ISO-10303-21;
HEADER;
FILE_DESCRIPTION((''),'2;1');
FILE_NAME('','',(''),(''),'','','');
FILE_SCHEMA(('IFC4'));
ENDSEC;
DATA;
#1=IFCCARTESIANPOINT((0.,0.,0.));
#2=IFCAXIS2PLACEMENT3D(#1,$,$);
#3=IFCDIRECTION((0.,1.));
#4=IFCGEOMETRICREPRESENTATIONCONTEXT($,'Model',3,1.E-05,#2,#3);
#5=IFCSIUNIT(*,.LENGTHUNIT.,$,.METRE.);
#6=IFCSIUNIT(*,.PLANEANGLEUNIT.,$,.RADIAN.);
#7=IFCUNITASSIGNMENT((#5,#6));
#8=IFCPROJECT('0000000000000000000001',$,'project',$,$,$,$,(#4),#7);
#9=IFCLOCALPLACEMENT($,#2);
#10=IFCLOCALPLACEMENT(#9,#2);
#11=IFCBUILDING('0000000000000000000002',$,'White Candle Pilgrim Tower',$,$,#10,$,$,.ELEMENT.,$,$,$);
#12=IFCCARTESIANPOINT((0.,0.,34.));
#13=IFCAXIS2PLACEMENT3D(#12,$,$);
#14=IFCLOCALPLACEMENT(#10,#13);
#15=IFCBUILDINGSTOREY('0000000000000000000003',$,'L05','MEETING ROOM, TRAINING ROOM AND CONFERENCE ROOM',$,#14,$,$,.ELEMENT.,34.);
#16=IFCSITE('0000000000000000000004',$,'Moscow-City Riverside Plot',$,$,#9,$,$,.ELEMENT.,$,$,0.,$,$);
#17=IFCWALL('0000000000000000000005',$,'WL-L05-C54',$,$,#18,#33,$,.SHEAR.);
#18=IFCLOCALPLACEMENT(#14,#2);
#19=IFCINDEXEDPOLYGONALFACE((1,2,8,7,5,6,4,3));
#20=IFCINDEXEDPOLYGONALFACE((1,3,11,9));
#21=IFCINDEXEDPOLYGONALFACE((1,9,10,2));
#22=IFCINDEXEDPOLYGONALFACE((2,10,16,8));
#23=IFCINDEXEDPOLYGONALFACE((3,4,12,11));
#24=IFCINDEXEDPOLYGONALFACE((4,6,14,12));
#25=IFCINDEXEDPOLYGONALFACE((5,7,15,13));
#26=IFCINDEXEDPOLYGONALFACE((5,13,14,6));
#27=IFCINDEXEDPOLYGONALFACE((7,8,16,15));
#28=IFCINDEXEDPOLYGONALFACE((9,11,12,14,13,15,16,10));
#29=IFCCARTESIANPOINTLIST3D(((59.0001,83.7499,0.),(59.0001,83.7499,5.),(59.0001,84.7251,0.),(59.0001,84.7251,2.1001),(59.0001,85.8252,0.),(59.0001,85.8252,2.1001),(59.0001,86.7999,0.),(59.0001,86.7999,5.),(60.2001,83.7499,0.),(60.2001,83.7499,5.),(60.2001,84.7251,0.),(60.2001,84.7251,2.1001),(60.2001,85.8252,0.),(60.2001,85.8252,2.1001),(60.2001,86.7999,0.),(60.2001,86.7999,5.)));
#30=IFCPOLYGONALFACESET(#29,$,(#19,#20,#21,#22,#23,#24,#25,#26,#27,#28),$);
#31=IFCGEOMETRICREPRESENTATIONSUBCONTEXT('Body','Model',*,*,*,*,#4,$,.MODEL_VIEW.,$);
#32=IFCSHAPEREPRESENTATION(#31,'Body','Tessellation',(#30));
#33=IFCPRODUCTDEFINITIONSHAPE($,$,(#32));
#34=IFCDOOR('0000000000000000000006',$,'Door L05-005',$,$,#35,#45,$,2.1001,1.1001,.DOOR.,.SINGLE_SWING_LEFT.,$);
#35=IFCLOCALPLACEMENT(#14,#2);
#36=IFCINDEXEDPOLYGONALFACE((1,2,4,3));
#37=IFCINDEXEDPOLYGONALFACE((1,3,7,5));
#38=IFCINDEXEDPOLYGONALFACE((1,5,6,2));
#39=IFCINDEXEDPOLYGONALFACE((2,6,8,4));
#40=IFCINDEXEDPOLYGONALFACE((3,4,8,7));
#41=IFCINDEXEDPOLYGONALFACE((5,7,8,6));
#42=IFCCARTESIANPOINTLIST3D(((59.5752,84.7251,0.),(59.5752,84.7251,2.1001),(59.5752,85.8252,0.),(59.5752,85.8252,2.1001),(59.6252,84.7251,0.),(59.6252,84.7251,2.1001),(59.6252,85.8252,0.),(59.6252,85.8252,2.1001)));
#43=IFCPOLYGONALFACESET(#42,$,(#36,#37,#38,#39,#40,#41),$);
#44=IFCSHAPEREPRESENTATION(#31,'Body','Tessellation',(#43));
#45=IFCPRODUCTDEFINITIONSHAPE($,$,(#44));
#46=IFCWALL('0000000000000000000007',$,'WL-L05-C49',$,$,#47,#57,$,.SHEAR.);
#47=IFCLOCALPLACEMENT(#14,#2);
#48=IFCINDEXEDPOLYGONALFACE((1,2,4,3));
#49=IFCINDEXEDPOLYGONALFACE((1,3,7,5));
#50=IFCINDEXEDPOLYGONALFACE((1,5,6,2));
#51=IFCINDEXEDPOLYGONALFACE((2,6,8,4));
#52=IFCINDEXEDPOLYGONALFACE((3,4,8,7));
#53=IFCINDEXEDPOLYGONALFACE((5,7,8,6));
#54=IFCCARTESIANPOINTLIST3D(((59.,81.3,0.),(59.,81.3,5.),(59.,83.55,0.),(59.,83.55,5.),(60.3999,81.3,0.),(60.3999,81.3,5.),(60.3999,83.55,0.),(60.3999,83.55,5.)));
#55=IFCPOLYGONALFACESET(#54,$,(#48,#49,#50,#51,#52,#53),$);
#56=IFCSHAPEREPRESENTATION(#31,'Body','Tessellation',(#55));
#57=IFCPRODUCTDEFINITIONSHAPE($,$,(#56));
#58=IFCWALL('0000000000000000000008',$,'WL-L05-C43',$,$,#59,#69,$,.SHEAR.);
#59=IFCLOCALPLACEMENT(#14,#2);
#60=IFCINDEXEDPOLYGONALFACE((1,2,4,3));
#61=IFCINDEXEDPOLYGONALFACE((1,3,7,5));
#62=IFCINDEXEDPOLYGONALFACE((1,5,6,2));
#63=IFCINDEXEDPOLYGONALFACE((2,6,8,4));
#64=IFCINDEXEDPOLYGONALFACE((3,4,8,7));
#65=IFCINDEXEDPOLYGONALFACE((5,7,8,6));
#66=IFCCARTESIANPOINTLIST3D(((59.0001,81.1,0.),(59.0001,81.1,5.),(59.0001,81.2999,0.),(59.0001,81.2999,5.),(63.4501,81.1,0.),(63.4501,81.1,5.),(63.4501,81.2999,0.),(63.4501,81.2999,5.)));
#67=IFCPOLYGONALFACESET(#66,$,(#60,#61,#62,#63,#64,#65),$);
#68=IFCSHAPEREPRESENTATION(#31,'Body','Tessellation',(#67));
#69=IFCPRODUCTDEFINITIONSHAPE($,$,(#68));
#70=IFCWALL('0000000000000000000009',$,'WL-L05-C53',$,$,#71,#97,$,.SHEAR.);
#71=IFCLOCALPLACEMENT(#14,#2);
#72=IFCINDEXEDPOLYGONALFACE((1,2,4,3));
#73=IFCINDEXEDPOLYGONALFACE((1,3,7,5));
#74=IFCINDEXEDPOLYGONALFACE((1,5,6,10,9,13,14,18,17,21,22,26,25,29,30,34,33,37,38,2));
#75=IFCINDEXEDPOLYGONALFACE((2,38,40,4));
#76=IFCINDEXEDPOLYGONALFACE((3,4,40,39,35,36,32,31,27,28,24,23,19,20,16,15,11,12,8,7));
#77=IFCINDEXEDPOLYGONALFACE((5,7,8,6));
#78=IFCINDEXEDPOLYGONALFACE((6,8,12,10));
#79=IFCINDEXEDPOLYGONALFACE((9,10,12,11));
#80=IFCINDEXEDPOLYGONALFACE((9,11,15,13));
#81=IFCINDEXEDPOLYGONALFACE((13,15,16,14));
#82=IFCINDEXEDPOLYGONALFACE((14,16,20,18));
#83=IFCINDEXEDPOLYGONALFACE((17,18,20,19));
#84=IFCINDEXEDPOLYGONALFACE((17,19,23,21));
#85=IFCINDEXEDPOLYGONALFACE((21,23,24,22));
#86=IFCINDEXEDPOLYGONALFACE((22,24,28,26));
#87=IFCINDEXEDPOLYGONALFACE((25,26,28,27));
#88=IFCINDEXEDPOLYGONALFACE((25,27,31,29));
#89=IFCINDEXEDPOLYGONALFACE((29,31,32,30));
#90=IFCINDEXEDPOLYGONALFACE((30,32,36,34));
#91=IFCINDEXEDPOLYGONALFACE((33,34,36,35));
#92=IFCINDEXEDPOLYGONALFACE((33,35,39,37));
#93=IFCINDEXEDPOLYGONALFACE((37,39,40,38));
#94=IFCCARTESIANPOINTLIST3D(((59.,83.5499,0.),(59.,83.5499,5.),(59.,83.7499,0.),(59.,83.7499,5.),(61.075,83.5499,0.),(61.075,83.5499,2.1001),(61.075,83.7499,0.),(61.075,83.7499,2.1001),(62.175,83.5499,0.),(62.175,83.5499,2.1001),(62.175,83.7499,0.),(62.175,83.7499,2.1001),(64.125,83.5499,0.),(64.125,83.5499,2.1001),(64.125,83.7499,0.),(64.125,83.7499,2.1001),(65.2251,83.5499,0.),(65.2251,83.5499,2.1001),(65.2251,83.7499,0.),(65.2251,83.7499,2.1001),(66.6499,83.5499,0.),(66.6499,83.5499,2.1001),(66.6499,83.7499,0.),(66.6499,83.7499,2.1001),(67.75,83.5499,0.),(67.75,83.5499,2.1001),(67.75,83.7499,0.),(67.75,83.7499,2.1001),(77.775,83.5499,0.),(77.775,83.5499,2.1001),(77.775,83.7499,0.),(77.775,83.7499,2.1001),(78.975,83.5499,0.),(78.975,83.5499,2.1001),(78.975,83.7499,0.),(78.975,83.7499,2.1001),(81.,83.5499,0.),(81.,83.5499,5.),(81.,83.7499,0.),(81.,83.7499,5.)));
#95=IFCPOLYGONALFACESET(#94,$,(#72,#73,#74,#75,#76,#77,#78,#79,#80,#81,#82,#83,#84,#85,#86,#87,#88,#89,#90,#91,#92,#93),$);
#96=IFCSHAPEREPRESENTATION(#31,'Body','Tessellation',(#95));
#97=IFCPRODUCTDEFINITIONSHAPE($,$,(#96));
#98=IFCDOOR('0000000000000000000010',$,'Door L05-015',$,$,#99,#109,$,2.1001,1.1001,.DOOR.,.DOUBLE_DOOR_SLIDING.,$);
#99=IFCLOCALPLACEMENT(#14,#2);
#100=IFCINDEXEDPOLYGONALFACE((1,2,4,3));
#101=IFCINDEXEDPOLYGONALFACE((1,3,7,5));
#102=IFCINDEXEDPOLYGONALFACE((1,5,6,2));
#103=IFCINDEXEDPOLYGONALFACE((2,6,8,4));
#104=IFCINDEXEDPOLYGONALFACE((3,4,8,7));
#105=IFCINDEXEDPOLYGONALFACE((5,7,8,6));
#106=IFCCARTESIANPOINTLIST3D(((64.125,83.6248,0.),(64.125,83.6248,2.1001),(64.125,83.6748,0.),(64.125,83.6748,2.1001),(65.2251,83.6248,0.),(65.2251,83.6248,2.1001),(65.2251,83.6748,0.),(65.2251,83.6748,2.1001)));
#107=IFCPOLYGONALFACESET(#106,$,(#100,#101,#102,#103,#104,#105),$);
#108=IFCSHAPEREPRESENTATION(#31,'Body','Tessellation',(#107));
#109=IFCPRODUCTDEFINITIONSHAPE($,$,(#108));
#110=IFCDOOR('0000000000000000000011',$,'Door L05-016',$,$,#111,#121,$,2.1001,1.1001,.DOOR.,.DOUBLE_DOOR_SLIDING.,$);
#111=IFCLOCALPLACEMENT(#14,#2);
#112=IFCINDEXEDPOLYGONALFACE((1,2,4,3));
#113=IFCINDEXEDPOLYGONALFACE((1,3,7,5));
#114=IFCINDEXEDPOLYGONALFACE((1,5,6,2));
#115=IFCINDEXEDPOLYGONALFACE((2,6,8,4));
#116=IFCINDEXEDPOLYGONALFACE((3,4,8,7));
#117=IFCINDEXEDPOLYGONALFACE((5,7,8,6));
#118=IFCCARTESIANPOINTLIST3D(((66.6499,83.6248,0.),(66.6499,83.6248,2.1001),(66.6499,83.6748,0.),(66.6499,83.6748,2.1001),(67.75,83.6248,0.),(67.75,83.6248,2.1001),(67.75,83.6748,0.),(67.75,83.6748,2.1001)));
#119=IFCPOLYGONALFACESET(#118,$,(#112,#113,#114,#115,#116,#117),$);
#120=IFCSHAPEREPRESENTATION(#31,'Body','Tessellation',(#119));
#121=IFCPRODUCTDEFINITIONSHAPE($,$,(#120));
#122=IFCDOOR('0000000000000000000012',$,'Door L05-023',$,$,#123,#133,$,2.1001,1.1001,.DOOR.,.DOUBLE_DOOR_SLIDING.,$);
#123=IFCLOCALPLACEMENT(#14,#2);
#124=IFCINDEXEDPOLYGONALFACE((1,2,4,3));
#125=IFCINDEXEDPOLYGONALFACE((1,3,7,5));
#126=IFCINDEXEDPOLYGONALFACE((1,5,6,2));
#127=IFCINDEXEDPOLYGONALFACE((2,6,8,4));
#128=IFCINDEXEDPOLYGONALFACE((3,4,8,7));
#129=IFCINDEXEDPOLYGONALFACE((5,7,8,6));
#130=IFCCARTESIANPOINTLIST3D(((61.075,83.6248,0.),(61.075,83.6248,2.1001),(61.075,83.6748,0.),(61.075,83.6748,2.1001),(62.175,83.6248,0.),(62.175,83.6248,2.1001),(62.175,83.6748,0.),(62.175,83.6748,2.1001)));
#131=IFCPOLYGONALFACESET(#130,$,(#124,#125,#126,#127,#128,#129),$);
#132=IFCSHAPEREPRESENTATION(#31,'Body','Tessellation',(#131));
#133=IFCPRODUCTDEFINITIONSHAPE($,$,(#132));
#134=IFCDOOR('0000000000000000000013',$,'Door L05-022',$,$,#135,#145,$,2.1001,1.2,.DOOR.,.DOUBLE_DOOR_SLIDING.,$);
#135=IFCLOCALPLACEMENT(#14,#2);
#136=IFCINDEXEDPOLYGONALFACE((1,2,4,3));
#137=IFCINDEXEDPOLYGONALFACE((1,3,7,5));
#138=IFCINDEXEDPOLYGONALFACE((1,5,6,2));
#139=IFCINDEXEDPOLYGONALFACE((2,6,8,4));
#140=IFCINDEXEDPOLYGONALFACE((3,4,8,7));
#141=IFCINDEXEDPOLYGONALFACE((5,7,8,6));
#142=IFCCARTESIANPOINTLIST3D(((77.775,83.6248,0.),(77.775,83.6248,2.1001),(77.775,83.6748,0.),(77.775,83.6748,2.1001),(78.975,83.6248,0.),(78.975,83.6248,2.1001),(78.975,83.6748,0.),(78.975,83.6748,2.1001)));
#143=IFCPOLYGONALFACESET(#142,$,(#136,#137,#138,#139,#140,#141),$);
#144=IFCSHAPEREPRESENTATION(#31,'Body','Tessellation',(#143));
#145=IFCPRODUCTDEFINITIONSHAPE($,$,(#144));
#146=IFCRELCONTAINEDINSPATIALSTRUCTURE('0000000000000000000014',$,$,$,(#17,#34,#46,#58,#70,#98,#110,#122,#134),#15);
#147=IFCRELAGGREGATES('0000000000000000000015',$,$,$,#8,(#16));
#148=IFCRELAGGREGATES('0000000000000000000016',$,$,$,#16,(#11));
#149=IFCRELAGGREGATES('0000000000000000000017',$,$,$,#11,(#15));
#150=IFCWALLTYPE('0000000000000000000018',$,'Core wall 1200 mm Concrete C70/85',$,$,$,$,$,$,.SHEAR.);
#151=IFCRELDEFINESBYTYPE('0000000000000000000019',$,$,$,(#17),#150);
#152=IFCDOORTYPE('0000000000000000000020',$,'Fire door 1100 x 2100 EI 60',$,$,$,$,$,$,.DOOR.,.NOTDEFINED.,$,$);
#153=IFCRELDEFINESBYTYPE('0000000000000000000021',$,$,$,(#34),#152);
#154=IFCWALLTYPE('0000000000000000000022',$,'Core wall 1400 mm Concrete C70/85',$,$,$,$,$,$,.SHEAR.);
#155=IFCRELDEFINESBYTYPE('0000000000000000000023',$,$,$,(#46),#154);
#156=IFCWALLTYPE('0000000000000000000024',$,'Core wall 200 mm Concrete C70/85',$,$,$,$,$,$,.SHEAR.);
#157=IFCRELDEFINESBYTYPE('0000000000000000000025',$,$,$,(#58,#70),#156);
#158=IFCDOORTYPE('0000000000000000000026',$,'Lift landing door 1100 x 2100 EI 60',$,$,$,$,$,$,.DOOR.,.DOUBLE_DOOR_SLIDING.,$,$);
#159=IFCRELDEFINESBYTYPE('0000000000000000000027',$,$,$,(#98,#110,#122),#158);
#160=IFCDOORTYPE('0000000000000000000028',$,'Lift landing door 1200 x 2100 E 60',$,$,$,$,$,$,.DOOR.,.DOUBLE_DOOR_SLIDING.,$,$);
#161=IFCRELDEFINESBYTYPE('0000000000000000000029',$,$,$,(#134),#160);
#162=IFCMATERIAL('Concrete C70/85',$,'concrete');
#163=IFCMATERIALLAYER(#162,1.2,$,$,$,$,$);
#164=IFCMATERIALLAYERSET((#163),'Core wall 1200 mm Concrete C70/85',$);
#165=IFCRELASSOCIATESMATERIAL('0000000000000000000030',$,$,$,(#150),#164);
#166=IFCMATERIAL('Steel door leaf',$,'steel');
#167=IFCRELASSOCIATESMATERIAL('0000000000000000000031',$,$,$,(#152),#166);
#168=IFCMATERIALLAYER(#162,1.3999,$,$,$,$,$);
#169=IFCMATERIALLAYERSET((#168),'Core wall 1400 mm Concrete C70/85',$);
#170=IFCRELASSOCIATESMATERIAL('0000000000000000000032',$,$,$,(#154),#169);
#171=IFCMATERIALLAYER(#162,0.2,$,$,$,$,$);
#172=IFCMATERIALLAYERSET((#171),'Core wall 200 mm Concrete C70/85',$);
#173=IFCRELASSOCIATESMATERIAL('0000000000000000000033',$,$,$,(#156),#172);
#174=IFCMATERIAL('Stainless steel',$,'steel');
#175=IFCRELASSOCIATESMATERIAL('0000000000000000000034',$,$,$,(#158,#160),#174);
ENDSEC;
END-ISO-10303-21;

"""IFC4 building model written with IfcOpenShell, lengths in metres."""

from ifc_helpers import new_model, si_unit, direction, frame, frame_2d, origin, place, context, subcontext, project, spatial, rectangle, extrude, material, layer, layer_set, type_object, element, fill, save


model = new_model("IFC4")

# Units and contexts
model_context = context("Model", 3, precision=1e-05, world=origin(), true_north=direction((0.0, 1.0)))
body_context = subcontext(model_context, "Body", "Model", "MODEL_VIEW")
ifc_project = project(units=[si_unit("LENGTHUNIT", "METRE"), si_unit("PLANEANGLEUNIT", "RADIAN")], contexts=[model_context])

# Site, building, storey
site_placement = place(None, origin())
site = spatial("IfcSite", under=ifc_project, at=site_placement, Name="Moscow-City Riverside Plot", CompositionType="ELEMENT", RefElevation=0.0)
building_placement = place(site_placement, origin())
building = spatial("IfcBuilding", under=site, at=building_placement, Name="White Candle Pilgrim Tower", CompositionType="ELEMENT")
storey_placement = place(building_placement, frame((0.0, 0.0, 34.0)))
storey = spatial("IfcBuildingStorey", under=building, at=storey_placement, Name="L05", Description="MEETING ROOM, TRAINING ROOM AND CONFERENCE ROOM", CompositionType="ELEMENT", Elevation=34.0)

# Wall, opening, door
ifc_material_1 = material(Name="Concrete C70/85", Category="concrete")
ifc_layer_1 = layer(ifc_material_1, 1.2)
ifc_layer_set_1 = layer_set([ifc_layer_1], Name="Core wall 1200 mm Concrete C70/85")
wall_type_1 = type_object("IfcWallType", Name="Core wall 1200 mm Concrete C70/85", PredefinedType="SHEAR", material=ifc_layer_set_1)
wall_1_placement = place(storey_placement, frame((59.6001, 83.75, 0.0), z_axis=(0.0, 0.0, 1.0), x_axis=(0.0, 1.0, 0.0)))
wall_1 = element("IfcWall", 1, at=wall_1_placement, inside=storey, type_object=wall_type_1, Name="WL-L05-C54", PredefinedType="SHEAR", context=body_context, shape_type="SweptSolid", body=[
    extrude(rectangle(XDim=3.05, YDim=1.2, at=frame_2d((1.5249, 0.0))), origin(), (0.0, 0.0, 1.0), 5.0),
])
opening_1_placement = place(wall_1_placement, frame((0.9751, 0.0, 0.0)))
opening_1 = element("IfcOpeningElement", 2, at=opening_1_placement, cuts=wall_1, PredefinedType="OPENING", context=body_context, shape_type="SweptSolid", body=[
    extrude(rectangle(XDim=1.1001, YDim=2.1001, at=frame_2d((0.55, 1.05))), frame((0.0, 0.6099, 0.0), z_axis=(0.0, -1.0, 0.0), x_axis=(1.0, 0.0, 0.0)), (0.0, 0.0, 1.0), 1.22),
])
ifc_material_2 = material(Name="Steel door leaf", Category="steel")
door_type_1 = type_object("IfcDoorType", Name="Fire door 1100 x 2100 EI 60", OperationType="NOTDEFINED", PredefinedType="DOOR", material=ifc_material_2)
door_1_placement = place(opening_1_placement, origin())
door_1 = element("IfcDoor", 3, at=door_1_placement, inside=storey, type_object=door_type_1, Name="Door L05-005", OperationType="SINGLE_SWING_LEFT", OverallHeight=2.1001, OverallWidth=1.1001, PredefinedType="DOOR", context=body_context, shape_type="SweptSolid", body=[
    extrude(rectangle(XDim=1.1001, YDim=2.1001, at=frame_2d((0.55, 1.05))), frame((0.0, 0.0249, 0.0), z_axis=(0.0, -1.0, 0.0), x_axis=(1.0, 0.0, 0.0)), (0.0, 0.0, 1.0), 0.05),
])
fill(opening_1, door_1)

# Walls
ifc_layer_2 = layer(ifc_material_1, 1.3999)
ifc_layer_set_2 = layer_set([ifc_layer_2], Name="Core wall 1400 mm Concrete C70/85")
wall_type_2 = type_object("IfcWallType", Name="Core wall 1400 mm Concrete C70/85", PredefinedType="SHEAR", material=ifc_layer_set_2)
wall_2_placement = place(storey_placement, frame((59.7, 81.3, 0.0), z_axis=(0.0, 0.0, 1.0), x_axis=(0.0, 1.0, 0.0)))
element("IfcWall", 4, at=wall_2_placement, inside=storey, type_object=wall_type_2, Name="WL-L05-C49", PredefinedType="SHEAR", context=body_context, shape_type="SweptSolid", body=[
    extrude(rectangle(XDim=2.25, YDim=1.3999, at=frame_2d((1.125, 0.0))), origin(), (0.0, 0.0, 1.0), 5.0),
])
ifc_layer_3 = layer(ifc_material_1, 0.2)
ifc_layer_set_3 = layer_set([ifc_layer_3], Name="Core wall 200 mm Concrete C70/85")
wall_type_3 = type_object("IfcWallType", Name="Core wall 200 mm Concrete C70/85", PredefinedType="SHEAR", material=ifc_layer_set_3)
wall_3_placement = place(storey_placement, frame((59.0, 81.2, 0.0), z_axis=(0.0, 0.0, 1.0), x_axis=(1.0, 0.0, 0.0)))
element("IfcWall", 5, at=wall_3_placement, inside=storey, type_object=wall_type_3, Name="WL-L05-C43", PredefinedType="SHEAR", context=body_context, shape_type="SweptSolid", body=[
    extrude(rectangle(XDim=4.45, YDim=0.2, at=frame_2d((2.2251, 0.0))), origin(), (0.0, 0.0, 1.0), 5.0),
])

# Wall, openings, doors
wall_4_placement = place(storey_placement, frame((59.0, 83.6499, 0.0), z_axis=(0.0, 0.0, 1.0), x_axis=(1.0, 0.0, 0.0)))
wall_4 = element("IfcWall", 6, at=wall_4_placement, inside=storey, type_object=wall_type_3, Name="WL-L05-C53", PredefinedType="SHEAR", context=body_context, shape_type="SweptSolid", body=[
    extrude(rectangle(XDim=22.0, YDim=0.2, at=frame_2d((11.0, 0.0))), origin(), (0.0, 0.0, 1.0), 5.0),
])
opening_2_placement = place(wall_4_placement, frame((5.125, 0.0, 0.0)))
opening_2 = element("IfcOpeningElement", 7, at=opening_2_placement, cuts=wall_4, PredefinedType="OPENING", context=body_context, shape_type="SweptSolid", body=[
    extrude(rectangle(XDim=1.1001, YDim=2.1001, at=frame_2d((0.55, 1.05))), frame((0.0, 0.1099, 0.0), z_axis=(0.0, -1.0, 0.0), x_axis=(1.0, 0.0, 0.0)), (0.0, 0.0, 1.0), 0.22),
])
opening_3_placement = place(wall_4_placement, frame((7.6499, 0.0, 0.0)))
opening_3 = element("IfcOpeningElement", 8, at=opening_3_placement, cuts=wall_4, PredefinedType="OPENING", context=body_context, shape_type="SweptSolid", body=[
    extrude(rectangle(XDim=1.1001, YDim=2.1001, at=frame_2d((0.55, 1.05))), frame((0.0, 0.1099, 0.0), z_axis=(0.0, -1.0, 0.0), x_axis=(1.0, 0.0, 0.0)), (0.0, 0.0, 1.0), 0.22),
])
opening_4_placement = place(wall_4_placement, frame((18.7749, 0.0, 0.0)))
opening_4 = element("IfcOpeningElement", 9, at=opening_4_placement, cuts=wall_4, PredefinedType="OPENING", context=body_context, shape_type="SweptSolid", body=[
    extrude(rectangle(XDim=1.2, YDim=2.1001, at=frame_2d((0.6001, 1.05))), frame((0.0, 0.1099, 0.0), z_axis=(0.0, -1.0, 0.0), x_axis=(1.0, 0.0, 0.0)), (0.0, 0.0, 1.0), 0.22),
])
opening_5_placement = place(wall_4_placement, frame((2.075, 0.0, 0.0)))
opening_5 = element("IfcOpeningElement", 10, at=opening_5_placement, cuts=wall_4, PredefinedType="OPENING", context=body_context, shape_type="SweptSolid", body=[
    extrude(rectangle(XDim=1.1001, YDim=2.1001, at=frame_2d((0.55, 1.05))), frame((0.0, 0.1099, 0.0), z_axis=(0.0, -1.0, 0.0), x_axis=(1.0, 0.0, 0.0)), (0.0, 0.0, 1.0), 0.22),
])
ifc_material_3 = material(Name="Stainless steel", Category="steel")
door_type_2 = type_object("IfcDoorType", Name="Lift landing door 1100 x 2100 EI 60", OperationType="DOUBLE_DOOR_SLIDING", PredefinedType="DOOR", material=ifc_material_3)
door_2_placement = place(opening_2_placement, origin())
door_2 = element("IfcDoor", 11, at=door_2_placement, inside=storey, type_object=door_type_2, Name="Door L05-015", OperationType="DOUBLE_DOOR_SLIDING", OverallHeight=2.1001, OverallWidth=1.1001, PredefinedType="DOOR", context=body_context, shape_type="SweptSolid", body=[
    extrude(rectangle(XDim=1.1001, YDim=2.1001, at=frame_2d((0.55, 1.05))), frame((0.0, 0.0249, 0.0), z_axis=(0.0, -1.0, 0.0), x_axis=(1.0, 0.0, 0.0)), (0.0, 0.0, 1.0), 0.05),
])
fill(opening_2, door_2)
door_3_placement = place(opening_3_placement, origin())
door_3 = element("IfcDoor", 12, at=door_3_placement, inside=storey, type_object=door_type_2, Name="Door L05-016", OperationType="DOUBLE_DOOR_SLIDING", OverallHeight=2.1001, OverallWidth=1.1001, PredefinedType="DOOR", context=body_context, shape_type="SweptSolid", body=[
    extrude(rectangle(XDim=1.1001, YDim=2.1001, at=frame_2d((0.55, 1.05))), frame((0.0, 0.0249, 0.0), z_axis=(0.0, -1.0, 0.0), x_axis=(1.0, 0.0, 0.0)), (0.0, 0.0, 1.0), 0.05),
])
fill(opening_3, door_3)
door_4_placement = place(opening_5_placement, origin())
door_4 = element("IfcDoor", 13, at=door_4_placement, inside=storey, type_object=door_type_2, Name="Door L05-023", OperationType="DOUBLE_DOOR_SLIDING", OverallHeight=2.1001, OverallWidth=1.1001, PredefinedType="DOOR", context=body_context, shape_type="SweptSolid", body=[
    extrude(rectangle(XDim=1.1001, YDim=2.1001, at=frame_2d((0.55, 1.05))), frame((0.0, 0.0249, 0.0), z_axis=(0.0, -1.0, 0.0), x_axis=(1.0, 0.0, 0.0)), (0.0, 0.0, 1.0), 0.05),
])
fill(opening_5, door_4)
door_type_3 = type_object("IfcDoorType", Name="Lift landing door 1200 x 2100 E 60", OperationType="DOUBLE_DOOR_SLIDING", PredefinedType="DOOR", material=ifc_material_3)
door_5_placement = place(opening_4_placement, origin())
door_5 = element("IfcDoor", 14, at=door_5_placement, inside=storey, type_object=door_type_3, Name="Door L05-022", OperationType="DOUBLE_DOOR_SLIDING", OverallHeight=2.1001, OverallWidth=1.2, PredefinedType="DOOR", context=body_context, shape_type="SweptSolid", body=[
    extrude(rectangle(XDim=1.2, YDim=2.1001, at=frame_2d((0.6001, 1.05))), frame((0.0, 0.0249, 0.0), z_axis=(0.0, -1.0, 0.0), x_axis=(1.0, 0.0, 0.0)), (0.0, 0.0, 1.0), 0.05),
])
fill(opening_4, door_5)

save(model, "model.ifc")
